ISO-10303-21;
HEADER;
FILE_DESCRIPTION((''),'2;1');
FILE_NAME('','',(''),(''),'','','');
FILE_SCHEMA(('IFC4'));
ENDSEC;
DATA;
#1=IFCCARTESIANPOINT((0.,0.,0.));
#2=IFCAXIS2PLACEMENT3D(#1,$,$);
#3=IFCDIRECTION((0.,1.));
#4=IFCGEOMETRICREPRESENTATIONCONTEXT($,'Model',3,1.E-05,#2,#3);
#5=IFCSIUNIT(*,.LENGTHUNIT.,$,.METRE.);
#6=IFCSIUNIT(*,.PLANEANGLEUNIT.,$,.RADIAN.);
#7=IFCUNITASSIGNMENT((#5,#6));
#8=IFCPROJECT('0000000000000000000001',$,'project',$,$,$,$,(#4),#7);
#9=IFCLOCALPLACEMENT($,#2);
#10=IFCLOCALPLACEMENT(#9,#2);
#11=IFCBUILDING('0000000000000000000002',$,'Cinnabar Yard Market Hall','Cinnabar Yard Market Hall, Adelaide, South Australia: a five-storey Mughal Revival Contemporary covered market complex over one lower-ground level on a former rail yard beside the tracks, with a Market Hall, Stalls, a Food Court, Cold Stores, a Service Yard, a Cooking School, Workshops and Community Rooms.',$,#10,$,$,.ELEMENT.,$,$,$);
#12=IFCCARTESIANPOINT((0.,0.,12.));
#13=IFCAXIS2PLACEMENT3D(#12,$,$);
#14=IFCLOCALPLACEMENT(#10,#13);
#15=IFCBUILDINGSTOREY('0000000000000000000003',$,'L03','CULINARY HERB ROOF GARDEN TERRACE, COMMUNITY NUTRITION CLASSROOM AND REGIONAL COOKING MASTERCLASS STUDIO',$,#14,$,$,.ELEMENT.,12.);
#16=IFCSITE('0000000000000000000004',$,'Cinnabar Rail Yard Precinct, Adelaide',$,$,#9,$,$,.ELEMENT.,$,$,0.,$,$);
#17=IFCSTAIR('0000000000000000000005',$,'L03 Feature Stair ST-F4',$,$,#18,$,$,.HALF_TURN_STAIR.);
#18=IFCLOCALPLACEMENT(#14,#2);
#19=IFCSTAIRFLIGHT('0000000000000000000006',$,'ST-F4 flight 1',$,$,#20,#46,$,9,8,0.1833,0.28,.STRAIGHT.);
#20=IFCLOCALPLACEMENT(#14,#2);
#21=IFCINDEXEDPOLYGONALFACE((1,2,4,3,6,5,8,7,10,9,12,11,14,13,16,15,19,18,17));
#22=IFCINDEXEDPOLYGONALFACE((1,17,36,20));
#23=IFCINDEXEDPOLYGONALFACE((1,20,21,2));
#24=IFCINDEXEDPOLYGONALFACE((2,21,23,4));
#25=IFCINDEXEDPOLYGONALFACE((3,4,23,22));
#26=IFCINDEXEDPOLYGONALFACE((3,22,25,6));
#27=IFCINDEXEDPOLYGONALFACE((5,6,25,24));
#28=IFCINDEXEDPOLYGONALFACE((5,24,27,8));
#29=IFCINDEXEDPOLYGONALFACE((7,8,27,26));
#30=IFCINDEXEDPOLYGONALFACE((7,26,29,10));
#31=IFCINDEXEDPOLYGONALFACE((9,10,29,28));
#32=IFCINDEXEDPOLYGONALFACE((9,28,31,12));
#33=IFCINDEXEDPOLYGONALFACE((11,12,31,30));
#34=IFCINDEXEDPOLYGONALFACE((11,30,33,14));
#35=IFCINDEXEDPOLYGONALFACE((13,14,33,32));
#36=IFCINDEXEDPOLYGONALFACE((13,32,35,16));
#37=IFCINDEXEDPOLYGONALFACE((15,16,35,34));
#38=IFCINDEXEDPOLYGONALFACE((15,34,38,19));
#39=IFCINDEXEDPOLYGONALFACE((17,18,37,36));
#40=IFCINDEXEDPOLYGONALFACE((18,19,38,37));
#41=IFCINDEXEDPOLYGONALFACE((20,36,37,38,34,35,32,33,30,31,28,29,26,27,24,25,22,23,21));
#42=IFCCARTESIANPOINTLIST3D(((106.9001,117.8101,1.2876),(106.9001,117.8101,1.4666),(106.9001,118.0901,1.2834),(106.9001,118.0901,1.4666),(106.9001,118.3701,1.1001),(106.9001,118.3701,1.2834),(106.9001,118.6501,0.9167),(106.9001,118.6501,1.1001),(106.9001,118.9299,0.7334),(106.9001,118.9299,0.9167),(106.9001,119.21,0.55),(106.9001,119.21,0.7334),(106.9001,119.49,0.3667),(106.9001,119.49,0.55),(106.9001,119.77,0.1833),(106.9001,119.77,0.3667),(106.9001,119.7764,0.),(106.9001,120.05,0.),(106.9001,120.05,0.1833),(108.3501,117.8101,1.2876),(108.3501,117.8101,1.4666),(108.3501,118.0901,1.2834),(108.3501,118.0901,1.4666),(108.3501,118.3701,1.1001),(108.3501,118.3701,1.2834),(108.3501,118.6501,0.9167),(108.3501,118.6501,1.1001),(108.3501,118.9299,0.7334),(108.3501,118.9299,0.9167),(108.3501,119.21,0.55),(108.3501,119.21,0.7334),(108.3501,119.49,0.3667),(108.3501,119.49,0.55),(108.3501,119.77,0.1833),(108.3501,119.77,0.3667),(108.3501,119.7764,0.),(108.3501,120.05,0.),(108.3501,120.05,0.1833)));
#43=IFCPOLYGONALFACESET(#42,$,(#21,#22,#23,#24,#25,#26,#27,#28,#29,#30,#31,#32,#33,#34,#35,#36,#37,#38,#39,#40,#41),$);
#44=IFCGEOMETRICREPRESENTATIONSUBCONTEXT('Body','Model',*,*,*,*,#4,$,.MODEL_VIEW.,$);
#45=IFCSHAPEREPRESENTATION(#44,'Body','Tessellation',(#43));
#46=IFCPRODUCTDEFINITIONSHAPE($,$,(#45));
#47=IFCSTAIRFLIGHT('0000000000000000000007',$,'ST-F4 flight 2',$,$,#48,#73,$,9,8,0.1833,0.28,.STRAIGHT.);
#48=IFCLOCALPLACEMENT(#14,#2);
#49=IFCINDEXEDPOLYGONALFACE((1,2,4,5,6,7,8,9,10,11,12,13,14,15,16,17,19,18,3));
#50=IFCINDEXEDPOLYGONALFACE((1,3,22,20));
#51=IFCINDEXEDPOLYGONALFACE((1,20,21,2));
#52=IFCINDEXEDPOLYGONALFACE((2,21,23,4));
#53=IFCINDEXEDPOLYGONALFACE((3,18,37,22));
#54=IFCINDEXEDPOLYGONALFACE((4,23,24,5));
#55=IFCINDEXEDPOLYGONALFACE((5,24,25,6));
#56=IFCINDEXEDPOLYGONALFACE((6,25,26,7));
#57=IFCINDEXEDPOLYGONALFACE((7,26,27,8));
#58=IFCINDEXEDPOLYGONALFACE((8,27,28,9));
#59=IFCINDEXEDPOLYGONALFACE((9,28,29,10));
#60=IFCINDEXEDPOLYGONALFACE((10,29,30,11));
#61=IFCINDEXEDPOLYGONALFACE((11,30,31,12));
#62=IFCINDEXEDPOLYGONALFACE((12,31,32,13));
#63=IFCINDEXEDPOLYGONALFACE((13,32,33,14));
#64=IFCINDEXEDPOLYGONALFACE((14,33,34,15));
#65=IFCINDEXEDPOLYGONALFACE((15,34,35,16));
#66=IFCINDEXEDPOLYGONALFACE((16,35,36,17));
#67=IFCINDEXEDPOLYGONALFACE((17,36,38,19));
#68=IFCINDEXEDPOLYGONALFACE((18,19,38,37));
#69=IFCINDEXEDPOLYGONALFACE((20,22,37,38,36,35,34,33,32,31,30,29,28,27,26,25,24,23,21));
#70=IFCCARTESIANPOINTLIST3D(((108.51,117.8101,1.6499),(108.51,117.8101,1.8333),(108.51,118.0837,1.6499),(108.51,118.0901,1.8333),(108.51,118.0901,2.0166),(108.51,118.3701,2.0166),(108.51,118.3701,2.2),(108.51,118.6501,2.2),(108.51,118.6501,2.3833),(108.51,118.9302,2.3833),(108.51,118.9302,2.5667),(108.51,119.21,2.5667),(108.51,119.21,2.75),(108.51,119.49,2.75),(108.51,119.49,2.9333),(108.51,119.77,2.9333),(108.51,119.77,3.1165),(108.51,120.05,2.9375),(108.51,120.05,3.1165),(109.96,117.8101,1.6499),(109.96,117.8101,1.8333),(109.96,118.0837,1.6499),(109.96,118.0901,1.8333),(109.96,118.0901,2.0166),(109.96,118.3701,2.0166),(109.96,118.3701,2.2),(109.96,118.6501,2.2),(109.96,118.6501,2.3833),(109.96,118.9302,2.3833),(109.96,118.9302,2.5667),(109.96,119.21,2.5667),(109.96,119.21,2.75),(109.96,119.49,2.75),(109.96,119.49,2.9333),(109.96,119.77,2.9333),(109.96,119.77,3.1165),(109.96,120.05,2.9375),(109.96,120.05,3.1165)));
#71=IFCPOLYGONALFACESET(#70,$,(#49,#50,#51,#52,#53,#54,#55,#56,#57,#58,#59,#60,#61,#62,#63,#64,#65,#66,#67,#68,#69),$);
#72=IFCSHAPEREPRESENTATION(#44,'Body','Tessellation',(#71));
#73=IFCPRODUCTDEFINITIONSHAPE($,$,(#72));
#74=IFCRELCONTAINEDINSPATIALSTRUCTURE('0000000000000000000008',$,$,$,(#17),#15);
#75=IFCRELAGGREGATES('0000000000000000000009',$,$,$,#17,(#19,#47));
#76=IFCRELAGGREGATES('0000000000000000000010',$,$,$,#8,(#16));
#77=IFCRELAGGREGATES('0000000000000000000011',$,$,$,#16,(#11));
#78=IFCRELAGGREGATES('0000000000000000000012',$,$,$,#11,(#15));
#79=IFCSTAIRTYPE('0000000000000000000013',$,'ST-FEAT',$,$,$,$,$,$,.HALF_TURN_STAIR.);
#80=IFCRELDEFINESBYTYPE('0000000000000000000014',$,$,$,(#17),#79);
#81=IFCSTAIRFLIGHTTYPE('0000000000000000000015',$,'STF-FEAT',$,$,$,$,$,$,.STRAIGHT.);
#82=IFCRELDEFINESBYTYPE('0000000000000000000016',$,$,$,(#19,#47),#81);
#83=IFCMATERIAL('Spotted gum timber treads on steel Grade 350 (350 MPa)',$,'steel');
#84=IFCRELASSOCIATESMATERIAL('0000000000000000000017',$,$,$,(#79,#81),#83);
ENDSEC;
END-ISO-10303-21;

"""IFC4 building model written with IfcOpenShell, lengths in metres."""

from ifc_helpers import new_model, si_unit, direction, frame, origin, place, context, subcontext, project, spatial, polyline, outline, extrude, material, type_object, element, aggregate, save


model = new_model("IFC4")

# Units and contexts
model_context = context("Model", 3, precision=1e-05, world=origin(), true_north=direction((0.0, 1.0)))
body_context = subcontext(model_context, "Body", "Model", "MODEL_VIEW")
ifc_project = project(units=[si_unit("LENGTHUNIT", "METRE"), si_unit("PLANEANGLEUNIT", "RADIAN")], contexts=[model_context])

# Site, building, storey
site_placement = place(None, origin())
site = spatial("IfcSite", under=ifc_project, at=site_placement, Name="Cinnabar Rail Yard Precinct, Adelaide", CompositionType="ELEMENT", RefElevation=0.0)
building_placement = place(site_placement, origin())
building = spatial("IfcBuilding", under=site, at=building_placement, Name="Cinnabar Yard Market Hall", Description="Cinnabar Yard Market Hall, Adelaide, South Australia: a five-storey Mughal Revival Contemporary covered market complex over one lower-ground level on a former rail yard beside the tracks, with a Market Hall, Stalls, a Food Court, Cold Stores, a Service Yard, a Cooking School, Workshops and Community Rooms.", CompositionType="ELEMENT")
storey_placement = place(building_placement, frame((0.0, 0.0, 12.0)))
storey = spatial("IfcBuildingStorey", under=building, at=storey_placement, Name="L03", Description="CULINARY HERB ROOF GARDEN TERRACE, COMMUNITY NUTRITION CLASSROOM AND REGIONAL COOKING MASTERCLASS STUDIO", CompositionType="ELEMENT", Elevation=12.0)

# Stair, stair flights
ifc_material_1 = material(Name="Spotted gum timber treads on steel Grade 350 (350 MPa)", Category="steel")
stair_type = type_object("IfcStairType", Name="ST-FEAT", PredefinedType="HALF_TURN_STAIR", material=ifc_material_1)
stair_placement = place(storey_placement, origin())
stair = element("IfcStair", 1, at=stair_placement, inside=storey, type_object=stair_type, Name="L03 Feature Stair ST-F4", PredefinedType="HALF_TURN_STAIR")
stair_flight_type = type_object("IfcStairFlightType", Name="STF-FEAT", PredefinedType="STRAIGHT", material=ifc_material_1)
stair_flight_1_placement = place(storey_placement, frame((107.625, 120.05, 0.0), z_axis=(0.0, 0.0, 1.0), x_axis=(0.0, -1.0, 0.0)))
stair_flight_1 = element("IfcStairFlight", 2, at=stair_flight_1_placement, type_object=stair_flight_type, Name="ST-F4 flight 1", NumberOfRisers=9, NumberOfTreads=8, PredefinedType="STRAIGHT", RiserHeight=0.1833, TreadLength=0.28, context=body_context, shape_type="SweptSolid", body=[
    extrude(outline(polyline([(0.0, 0.0), (0.0, 0.1833), (0.28, 0.1833), (0.28, 0.3667), (0.5601, 0.3667), (0.5601, 0.55), (0.8401, 0.55), (0.8401, 0.7334), (1.1201, 0.7334), (1.1201, 0.9167), (1.3999, 0.9167), (1.3999, 1.1001), (1.6799, 1.1001), (1.6799, 1.2834), (1.96, 1.2834), (1.96, 1.4666), (2.24, 1.4666), (2.24, 1.6499), (2.24, 1.2876), (0.2737, 0.0), (0.0, 0.0)])), frame((0.0, 0.7251, 0.0), z_axis=(0.0, -1.0, 0.0), x_axis=(1.0, 0.0, 0.0)), (0.0, 0.0, 1.0), 1.45),
])
stair_flight_2_placement = place(storey_placement, frame((109.2351, 117.8101, 1.6499), z_axis=(0.0, 0.0, 1.0), x_axis=(0.0, 1.0, 0.0)))
stair_flight_2 = element("IfcStairFlight", 3, at=stair_flight_2_placement, type_object=stair_flight_type, Name="ST-F4 flight 2", NumberOfRisers=9, NumberOfTreads=8, PredefinedType="STRAIGHT", RiserHeight=0.1833, TreadLength=0.28, context=body_context, shape_type="SweptSolid", body=[
    extrude(outline(polyline([(0.0, 0.0), (0.0, 0.1833), (0.28, 0.1833), (0.28, 0.3667), (0.5601, 0.3667), (0.5601, 0.55), (0.8401, 0.55), (0.8401, 0.7334), (1.1201, 0.7334), (1.1201, 0.9167), (1.3999, 0.9167), (1.3999, 1.1001), (1.6799, 1.1001), (1.6799, 1.2834), (1.96, 1.2834), (1.96, 1.4666), (2.24, 1.4666), (2.24, 1.6499), (2.24, 1.2876), (0.2737, 0.0), (0.0, 0.0)])), frame((0.0, 0.7251, 0.0), z_axis=(0.0, -1.0, 0.0), x_axis=(1.0, 0.0, 0.0)), (0.0, 0.0, 1.0), 1.45),
])
aggregate(stair, [stair_flight_1, stair_flight_2])

save(model, "model.ifc")
